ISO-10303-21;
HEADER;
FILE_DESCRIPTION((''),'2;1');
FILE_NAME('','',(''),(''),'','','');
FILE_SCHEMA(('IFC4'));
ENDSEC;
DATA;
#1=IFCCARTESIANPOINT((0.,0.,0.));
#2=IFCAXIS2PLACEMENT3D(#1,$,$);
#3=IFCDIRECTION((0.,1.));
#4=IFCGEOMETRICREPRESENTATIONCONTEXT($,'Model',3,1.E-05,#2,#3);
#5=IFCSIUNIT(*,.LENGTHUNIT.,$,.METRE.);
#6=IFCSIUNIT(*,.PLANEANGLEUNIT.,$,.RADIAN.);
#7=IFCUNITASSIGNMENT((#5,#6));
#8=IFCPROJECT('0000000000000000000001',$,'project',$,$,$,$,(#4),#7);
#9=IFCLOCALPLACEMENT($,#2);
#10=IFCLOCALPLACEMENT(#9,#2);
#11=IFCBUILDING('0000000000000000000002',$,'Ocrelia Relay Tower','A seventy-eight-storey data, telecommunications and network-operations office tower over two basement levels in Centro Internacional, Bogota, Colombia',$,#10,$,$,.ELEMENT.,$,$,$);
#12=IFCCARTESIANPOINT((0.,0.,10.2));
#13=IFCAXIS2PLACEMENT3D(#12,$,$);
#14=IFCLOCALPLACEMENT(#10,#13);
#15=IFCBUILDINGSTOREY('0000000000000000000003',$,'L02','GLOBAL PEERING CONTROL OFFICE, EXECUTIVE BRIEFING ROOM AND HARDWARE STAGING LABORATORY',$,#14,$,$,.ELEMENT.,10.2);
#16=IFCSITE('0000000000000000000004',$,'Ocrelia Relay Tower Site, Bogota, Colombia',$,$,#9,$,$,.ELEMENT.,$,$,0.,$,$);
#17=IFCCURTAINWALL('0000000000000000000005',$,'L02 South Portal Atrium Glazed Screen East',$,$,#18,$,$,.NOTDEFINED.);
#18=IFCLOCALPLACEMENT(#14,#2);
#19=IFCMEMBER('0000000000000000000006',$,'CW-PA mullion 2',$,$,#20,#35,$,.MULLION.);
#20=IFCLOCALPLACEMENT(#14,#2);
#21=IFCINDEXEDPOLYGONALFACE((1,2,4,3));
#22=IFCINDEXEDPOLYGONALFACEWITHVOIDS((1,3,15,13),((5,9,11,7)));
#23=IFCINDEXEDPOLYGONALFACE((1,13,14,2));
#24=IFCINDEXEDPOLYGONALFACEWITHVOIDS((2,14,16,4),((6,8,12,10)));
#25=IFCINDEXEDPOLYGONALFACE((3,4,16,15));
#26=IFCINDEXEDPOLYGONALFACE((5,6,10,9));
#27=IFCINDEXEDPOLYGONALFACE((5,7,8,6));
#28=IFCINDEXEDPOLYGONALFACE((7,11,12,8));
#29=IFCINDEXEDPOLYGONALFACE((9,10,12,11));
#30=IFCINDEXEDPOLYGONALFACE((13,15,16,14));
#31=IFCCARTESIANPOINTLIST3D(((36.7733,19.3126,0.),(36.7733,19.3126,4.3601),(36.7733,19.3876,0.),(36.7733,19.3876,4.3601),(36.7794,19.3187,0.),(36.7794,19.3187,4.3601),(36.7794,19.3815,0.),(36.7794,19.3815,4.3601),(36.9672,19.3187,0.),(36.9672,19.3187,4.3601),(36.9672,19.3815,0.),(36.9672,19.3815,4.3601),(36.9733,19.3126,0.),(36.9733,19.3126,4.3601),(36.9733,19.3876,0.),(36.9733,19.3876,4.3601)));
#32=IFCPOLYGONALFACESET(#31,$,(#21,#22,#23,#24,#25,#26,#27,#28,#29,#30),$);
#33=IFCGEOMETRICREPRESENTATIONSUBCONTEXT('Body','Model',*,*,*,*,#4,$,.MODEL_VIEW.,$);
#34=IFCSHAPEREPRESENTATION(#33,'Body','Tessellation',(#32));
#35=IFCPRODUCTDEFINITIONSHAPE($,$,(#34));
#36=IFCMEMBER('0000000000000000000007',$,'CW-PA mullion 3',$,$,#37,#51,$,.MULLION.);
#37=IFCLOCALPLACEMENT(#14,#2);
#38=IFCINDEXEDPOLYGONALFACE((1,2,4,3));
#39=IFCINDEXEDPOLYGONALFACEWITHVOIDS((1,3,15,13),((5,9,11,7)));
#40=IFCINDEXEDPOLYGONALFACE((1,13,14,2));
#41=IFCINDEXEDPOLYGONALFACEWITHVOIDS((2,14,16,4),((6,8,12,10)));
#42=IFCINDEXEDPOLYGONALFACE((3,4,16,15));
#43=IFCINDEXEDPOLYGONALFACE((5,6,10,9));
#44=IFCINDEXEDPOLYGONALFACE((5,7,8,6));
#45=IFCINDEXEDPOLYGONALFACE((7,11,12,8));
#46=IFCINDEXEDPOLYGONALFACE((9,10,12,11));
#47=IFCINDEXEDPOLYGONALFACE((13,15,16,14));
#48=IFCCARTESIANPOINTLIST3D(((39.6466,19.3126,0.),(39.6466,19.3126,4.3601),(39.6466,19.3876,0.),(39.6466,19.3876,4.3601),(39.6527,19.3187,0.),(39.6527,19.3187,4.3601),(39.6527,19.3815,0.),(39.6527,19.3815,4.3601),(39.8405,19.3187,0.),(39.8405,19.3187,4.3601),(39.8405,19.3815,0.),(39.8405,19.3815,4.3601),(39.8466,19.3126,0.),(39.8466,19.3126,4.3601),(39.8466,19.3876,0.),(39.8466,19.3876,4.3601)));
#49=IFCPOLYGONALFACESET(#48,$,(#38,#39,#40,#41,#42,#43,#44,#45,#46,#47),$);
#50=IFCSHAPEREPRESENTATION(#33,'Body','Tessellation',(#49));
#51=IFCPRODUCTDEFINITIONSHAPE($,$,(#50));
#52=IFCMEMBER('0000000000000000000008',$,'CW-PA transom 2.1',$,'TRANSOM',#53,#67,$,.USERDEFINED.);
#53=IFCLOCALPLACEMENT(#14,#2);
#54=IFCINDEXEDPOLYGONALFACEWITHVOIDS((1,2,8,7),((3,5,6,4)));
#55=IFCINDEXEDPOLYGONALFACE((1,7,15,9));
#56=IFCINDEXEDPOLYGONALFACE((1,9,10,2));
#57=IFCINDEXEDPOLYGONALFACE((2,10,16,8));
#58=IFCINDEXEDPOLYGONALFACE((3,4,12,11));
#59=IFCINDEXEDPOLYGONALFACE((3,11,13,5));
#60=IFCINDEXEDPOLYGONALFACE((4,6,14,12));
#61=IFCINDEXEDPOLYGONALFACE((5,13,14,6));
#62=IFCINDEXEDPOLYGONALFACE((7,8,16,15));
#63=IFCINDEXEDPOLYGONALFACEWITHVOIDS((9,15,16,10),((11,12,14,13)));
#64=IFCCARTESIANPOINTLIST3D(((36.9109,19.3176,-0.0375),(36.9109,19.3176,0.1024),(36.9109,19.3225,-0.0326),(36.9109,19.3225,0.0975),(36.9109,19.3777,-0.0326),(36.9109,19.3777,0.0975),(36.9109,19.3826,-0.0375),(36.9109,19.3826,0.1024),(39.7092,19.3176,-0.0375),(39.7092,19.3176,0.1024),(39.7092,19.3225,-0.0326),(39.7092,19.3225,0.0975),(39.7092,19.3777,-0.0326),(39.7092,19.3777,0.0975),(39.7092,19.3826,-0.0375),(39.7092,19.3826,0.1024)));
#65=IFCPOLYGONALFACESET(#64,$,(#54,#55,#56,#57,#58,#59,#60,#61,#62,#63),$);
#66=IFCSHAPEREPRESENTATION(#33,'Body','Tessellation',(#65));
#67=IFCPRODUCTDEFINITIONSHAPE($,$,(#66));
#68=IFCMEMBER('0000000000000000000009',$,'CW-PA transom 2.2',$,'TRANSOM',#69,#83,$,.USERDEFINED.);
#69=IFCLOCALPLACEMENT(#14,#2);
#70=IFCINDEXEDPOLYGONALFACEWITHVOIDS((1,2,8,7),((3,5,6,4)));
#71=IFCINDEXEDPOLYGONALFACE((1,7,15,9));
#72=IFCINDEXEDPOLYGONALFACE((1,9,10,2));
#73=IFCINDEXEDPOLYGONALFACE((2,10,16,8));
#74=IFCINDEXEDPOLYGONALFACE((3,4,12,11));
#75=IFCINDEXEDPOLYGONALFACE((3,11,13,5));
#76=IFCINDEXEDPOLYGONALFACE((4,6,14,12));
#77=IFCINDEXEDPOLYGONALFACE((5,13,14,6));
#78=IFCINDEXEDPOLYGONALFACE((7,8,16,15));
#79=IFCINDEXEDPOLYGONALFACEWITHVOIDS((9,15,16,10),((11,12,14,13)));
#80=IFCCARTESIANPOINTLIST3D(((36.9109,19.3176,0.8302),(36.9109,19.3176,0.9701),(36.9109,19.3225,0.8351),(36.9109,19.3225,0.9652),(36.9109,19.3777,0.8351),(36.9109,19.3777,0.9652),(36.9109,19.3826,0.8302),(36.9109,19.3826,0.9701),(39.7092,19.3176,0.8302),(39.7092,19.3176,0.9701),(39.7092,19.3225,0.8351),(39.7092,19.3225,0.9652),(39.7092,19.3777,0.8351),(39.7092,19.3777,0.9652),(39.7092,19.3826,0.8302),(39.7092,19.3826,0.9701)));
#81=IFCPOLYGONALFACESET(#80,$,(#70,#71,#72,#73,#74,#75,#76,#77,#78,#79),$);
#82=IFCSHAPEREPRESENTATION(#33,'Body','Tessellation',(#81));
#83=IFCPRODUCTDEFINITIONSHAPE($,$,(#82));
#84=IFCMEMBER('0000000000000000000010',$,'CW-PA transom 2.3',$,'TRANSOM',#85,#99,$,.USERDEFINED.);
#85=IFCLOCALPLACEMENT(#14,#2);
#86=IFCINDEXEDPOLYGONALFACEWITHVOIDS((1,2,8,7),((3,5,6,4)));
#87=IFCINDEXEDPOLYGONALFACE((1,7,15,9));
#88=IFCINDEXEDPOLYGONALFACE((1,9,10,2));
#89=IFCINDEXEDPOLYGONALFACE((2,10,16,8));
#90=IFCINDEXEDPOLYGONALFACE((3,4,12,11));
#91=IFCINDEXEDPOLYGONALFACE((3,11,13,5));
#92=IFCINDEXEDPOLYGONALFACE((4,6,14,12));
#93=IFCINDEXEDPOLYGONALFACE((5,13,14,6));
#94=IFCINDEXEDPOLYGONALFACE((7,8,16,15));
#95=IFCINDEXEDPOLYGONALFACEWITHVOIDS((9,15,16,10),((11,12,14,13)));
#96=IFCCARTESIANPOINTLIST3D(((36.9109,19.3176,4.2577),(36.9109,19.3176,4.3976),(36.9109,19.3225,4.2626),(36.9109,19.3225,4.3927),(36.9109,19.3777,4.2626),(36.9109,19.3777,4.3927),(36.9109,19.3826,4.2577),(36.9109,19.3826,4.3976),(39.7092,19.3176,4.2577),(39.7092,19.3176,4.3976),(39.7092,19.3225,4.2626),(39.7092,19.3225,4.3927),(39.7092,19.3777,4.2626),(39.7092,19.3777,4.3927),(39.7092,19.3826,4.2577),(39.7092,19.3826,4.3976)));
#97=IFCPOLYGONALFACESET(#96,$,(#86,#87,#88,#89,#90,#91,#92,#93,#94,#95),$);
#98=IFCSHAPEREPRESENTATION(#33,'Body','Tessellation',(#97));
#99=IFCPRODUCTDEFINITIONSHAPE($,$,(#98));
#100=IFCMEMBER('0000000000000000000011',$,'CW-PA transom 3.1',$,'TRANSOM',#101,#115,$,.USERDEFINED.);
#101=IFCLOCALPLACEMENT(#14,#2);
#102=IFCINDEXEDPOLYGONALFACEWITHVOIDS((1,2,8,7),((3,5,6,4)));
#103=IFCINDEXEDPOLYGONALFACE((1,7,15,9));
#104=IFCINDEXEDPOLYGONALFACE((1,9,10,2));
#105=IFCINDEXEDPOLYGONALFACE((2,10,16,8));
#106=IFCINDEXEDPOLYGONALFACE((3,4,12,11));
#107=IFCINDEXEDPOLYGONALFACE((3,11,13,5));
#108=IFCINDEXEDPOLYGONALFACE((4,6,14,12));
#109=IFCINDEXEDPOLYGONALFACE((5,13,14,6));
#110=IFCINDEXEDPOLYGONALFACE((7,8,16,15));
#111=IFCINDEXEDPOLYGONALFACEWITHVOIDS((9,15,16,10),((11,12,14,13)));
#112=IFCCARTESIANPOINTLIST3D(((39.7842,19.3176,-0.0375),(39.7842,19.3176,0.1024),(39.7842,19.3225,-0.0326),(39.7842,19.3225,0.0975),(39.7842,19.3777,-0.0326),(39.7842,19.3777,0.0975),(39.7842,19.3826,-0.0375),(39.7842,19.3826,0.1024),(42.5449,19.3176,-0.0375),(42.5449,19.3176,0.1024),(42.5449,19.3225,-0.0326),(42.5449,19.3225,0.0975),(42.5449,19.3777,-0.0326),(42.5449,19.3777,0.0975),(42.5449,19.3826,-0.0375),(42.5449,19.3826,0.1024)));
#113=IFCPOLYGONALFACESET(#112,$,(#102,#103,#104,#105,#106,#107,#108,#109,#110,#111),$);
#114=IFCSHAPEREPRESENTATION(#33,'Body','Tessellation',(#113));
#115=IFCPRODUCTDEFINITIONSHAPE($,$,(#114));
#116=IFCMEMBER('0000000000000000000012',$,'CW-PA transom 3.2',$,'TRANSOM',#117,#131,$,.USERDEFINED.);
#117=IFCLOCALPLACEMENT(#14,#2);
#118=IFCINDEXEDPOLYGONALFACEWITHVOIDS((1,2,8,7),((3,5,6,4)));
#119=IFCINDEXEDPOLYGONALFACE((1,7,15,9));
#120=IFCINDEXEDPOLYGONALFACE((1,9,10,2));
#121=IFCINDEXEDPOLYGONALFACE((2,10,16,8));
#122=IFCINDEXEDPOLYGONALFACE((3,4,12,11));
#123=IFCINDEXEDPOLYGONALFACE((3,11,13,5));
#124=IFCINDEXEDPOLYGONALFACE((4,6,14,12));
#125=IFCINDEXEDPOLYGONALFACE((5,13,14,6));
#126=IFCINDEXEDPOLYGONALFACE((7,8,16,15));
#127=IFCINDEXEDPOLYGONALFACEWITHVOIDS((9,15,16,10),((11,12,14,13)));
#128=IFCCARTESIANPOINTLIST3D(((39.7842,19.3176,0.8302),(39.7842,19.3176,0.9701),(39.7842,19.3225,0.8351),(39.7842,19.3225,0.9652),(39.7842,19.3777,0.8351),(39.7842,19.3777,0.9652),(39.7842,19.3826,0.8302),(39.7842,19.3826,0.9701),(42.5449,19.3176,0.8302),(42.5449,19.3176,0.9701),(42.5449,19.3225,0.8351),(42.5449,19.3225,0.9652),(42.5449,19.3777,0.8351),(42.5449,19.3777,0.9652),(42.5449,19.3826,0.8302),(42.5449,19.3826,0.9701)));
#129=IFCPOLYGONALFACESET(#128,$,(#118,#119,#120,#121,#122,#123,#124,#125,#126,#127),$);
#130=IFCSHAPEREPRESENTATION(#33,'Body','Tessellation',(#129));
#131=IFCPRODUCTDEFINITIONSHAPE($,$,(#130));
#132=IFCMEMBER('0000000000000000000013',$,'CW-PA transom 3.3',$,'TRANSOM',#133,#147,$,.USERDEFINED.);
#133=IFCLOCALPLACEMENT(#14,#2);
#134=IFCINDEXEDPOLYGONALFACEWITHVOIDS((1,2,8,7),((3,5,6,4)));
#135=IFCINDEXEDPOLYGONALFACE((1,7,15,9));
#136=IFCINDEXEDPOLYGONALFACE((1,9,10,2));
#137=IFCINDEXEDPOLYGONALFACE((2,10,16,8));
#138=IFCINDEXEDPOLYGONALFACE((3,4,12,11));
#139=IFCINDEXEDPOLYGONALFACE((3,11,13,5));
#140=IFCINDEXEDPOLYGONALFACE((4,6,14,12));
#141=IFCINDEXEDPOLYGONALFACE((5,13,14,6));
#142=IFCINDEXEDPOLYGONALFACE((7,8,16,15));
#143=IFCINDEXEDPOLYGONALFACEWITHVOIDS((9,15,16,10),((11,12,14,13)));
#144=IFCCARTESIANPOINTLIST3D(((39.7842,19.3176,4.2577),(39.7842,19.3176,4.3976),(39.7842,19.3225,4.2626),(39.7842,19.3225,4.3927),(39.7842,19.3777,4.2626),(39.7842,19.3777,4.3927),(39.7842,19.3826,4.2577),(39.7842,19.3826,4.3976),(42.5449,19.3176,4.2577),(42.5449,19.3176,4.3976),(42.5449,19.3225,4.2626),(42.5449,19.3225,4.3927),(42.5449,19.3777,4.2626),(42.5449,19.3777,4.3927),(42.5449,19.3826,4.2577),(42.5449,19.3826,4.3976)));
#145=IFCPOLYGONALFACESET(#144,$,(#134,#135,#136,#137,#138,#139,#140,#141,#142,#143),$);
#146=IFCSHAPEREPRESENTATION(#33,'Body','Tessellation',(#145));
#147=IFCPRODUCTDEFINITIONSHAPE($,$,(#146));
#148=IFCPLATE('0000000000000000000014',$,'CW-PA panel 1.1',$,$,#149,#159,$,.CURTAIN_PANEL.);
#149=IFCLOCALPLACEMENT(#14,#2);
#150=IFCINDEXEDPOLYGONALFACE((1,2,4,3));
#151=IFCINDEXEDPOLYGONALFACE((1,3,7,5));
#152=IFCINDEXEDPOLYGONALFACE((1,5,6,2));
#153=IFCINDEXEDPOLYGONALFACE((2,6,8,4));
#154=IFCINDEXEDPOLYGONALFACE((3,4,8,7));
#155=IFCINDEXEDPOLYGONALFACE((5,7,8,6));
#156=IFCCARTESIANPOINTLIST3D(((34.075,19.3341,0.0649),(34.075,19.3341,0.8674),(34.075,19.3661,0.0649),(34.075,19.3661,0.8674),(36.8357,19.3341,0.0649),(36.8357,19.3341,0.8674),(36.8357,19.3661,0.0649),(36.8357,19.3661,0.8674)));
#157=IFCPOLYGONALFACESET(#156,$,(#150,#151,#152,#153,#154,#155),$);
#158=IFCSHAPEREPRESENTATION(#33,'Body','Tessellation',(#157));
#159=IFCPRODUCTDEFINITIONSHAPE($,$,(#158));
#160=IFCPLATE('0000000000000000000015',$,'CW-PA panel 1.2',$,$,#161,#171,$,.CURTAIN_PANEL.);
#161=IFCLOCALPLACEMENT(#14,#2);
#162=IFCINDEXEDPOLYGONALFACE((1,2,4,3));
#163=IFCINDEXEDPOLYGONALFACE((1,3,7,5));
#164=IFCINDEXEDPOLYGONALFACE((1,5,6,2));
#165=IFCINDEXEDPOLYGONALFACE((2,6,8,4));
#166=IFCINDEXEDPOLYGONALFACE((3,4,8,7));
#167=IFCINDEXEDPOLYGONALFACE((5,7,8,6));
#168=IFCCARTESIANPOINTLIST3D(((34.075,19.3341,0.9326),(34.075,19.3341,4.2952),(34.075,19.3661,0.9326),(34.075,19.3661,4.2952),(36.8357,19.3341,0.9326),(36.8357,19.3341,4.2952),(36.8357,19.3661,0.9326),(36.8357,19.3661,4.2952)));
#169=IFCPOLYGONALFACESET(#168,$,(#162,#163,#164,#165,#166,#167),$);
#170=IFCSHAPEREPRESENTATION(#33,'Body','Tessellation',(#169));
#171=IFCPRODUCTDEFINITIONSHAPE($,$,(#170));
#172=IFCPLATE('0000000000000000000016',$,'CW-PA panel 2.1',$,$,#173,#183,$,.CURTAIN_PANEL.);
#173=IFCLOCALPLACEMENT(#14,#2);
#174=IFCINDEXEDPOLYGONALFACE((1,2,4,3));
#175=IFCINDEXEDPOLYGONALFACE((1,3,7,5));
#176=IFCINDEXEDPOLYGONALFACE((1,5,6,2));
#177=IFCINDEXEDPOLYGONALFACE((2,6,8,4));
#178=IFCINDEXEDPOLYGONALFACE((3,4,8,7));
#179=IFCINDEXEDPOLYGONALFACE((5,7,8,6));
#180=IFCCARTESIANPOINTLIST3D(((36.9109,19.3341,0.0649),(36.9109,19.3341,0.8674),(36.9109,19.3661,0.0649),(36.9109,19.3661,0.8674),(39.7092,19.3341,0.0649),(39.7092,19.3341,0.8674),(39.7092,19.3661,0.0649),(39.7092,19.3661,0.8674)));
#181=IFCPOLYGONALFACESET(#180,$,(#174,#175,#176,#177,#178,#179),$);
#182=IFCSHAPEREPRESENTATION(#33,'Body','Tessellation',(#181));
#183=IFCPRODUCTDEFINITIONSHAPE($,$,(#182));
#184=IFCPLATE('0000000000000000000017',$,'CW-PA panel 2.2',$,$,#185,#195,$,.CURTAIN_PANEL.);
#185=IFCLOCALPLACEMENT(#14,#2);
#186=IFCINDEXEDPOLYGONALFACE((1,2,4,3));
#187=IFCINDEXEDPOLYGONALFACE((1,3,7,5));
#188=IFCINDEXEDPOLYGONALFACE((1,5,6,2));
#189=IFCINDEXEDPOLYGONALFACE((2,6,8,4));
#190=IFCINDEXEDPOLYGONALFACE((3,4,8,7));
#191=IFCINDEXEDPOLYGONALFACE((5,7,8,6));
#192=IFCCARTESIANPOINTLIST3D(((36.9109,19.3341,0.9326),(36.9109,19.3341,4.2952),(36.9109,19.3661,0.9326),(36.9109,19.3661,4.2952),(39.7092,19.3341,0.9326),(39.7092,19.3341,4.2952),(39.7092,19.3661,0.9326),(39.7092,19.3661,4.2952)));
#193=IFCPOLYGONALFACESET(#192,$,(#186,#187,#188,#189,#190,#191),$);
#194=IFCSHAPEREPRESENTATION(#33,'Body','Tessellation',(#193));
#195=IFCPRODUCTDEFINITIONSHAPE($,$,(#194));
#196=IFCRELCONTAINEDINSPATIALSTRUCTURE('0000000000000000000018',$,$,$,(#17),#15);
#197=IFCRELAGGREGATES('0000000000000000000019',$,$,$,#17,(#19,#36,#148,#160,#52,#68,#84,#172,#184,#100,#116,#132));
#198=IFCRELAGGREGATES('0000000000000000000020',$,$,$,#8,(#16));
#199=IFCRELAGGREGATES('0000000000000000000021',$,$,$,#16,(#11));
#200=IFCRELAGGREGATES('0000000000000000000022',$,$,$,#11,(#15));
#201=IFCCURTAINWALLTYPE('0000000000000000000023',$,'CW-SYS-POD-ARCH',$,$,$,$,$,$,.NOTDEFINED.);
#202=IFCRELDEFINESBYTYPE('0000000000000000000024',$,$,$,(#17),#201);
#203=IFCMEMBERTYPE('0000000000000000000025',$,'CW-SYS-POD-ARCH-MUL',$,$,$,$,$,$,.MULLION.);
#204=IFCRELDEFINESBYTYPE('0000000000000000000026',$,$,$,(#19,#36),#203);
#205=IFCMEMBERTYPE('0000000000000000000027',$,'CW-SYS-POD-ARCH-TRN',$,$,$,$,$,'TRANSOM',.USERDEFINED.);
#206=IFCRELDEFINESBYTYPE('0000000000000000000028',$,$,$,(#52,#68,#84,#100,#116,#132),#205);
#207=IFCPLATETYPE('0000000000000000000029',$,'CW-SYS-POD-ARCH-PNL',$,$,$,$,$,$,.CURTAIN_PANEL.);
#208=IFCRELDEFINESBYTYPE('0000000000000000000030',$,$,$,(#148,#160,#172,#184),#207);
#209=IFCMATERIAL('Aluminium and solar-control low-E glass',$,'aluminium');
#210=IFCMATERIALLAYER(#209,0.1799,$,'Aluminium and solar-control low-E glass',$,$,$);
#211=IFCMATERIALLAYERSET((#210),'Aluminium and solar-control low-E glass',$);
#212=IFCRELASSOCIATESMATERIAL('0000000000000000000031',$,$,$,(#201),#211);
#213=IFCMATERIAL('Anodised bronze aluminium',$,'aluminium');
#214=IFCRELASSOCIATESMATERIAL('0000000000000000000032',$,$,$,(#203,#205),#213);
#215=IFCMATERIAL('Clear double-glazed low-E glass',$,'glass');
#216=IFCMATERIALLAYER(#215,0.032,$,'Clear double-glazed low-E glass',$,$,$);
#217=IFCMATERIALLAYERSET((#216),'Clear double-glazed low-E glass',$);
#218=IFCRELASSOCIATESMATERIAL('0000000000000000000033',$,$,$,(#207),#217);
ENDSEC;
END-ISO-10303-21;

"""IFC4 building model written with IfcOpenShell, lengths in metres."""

from ifc_helpers import new_model, si_unit, direction, frame, origin, origin_2d, place, context, subcontext, project, spatial, rectangle, hollow_rectangle, extrude, material, layer, layer_set, material_profile, profile_set, type_object, element, aggregate, save


model = new_model("IFC4")

# Units and contexts
model_context = context("Model", 3, precision=1e-05, world=origin(), true_north=direction((0.0, 1.0)))
body_context = subcontext(model_context, "Body", "Model", "MODEL_VIEW")
ifc_project = project(units=[si_unit("LENGTHUNIT", "METRE"), si_unit("PLANEANGLEUNIT", "RADIAN")], contexts=[model_context])

# Site, building, storey
site_placement = place(None, origin())
site = spatial("IfcSite", under=ifc_project, at=site_placement, Name="Ocrelia Relay Tower Site, Bogota, Colombia", CompositionType="ELEMENT", RefElevation=0.0)
building_placement = place(site_placement, origin())
building = spatial("IfcBuilding", under=site, at=building_placement, Name="Ocrelia Relay Tower", Description="A seventy-eight-storey data, telecommunications and network-operations office tower over two basement levels in Centro Internacional, Bogota, Colombia", CompositionType="ELEMENT")
storey_placement = place(building_placement, frame((0.0, 0.0, 10.2)))
storey = spatial("IfcBuildingStorey", under=building, at=storey_placement, Name="L02", Description="GLOBAL PEERING CONTROL OFFICE, EXECUTIVE BRIEFING ROOM AND HARDWARE STAGING LABORATORY", CompositionType="ELEMENT", Elevation=10.2)

# Curtain wall, members, plates
ifc_material_1 = material(Name="Aluminium and solar-control low-E glass", Category="aluminium")
ifc_layer_1 = layer(ifc_material_1, 0.1799, Name="Aluminium and solar-control low-E glass")
ifc_layer_set_1 = layer_set([ifc_layer_1], Name="Aluminium and solar-control low-E glass")
curtain_wall_type = type_object("IfcCurtainWallType", Name="CW-SYS-POD-ARCH", PredefinedType="NOTDEFINED", material=ifc_layer_set_1)
curtain_wall_placement = place(storey_placement, origin())
curtain_wall = element("IfcCurtainWall", 1, at=curtain_wall_placement, inside=storey, type_object=curtain_wall_type, Name="L02 South Portal Atrium Glazed Screen East", PredefinedType="NOTDEFINED")
ifc_material_2 = material(Name="Anodised bronze aluminium", Category="aluminium")
ifc_material_profile_1 = material_profile(ifc_material_2, hollow_rectangle(XDim=0.075, YDim=0.2, WallThickness=0.0061, at=origin_2d()), Name="CW-MUL-200x75")
ifc_profile_set_1 = profile_set([ifc_material_profile_1], Name="Anodised bronze aluminium")
member_type_1 = type_object("IfcMemberType", Name="CW-SYS-POD-ARCH-MUL", PredefinedType="MULLION", material=ifc_profile_set_1)
member_1_placement = place(storey_placement, frame((36.8733, 19.3501, 0.0), z_axis=(0.0, 0.0, 1.0), x_axis=(0.0, 1.0, 0.0)))
member_1 = element("IfcMember", 2, at=member_1_placement, type_object=member_type_1, Name="CW-PA mullion 2", PredefinedType="MULLION", context=body_context, shape_type="SweptSolid", body=[
    extrude(hollow_rectangle(XDim=0.075, YDim=0.2, WallThickness=0.0061, at=origin_2d()), origin(), (0.0, 0.0, 1.0), 4.3601),
])
member_2_placement = place(storey_placement, frame((39.7466, 19.3501, 0.0), z_axis=(0.0, 0.0, 1.0), x_axis=(0.0, 1.0, 0.0)))
member_2 = element("IfcMember", 3, at=member_2_placement, type_object=member_type_1, Name="CW-PA mullion 3", PredefinedType="MULLION", context=body_context, shape_type="SweptSolid", body=[
    extrude(hollow_rectangle(XDim=0.075, YDim=0.2, WallThickness=0.0061, at=origin_2d()), origin(), (0.0, 0.0, 1.0), 4.3601),
])
ifc_material_profile_2 = material_profile(ifc_material_2, hollow_rectangle(XDim=0.0649, YDim=0.1399, WallThickness=0.0049, at=origin_2d()), Name="CW-TRN-140x65")
ifc_profile_set_2 = profile_set([ifc_material_profile_2], Name="Anodised bronze aluminium")
member_type_2 = type_object("IfcMemberType", Name="CW-SYS-POD-ARCH-TRN", ElementType="TRANSOM", PredefinedType="USERDEFINED", material=ifc_profile_set_2)
member_3_placement = place(storey_placement, frame((36.9109, 19.3501, 0.0325), z_axis=(1.0, 0.0, 0.0), x_axis=(0.0, 1.0, 0.0)))
member_3 = element("IfcMember", 4, at=member_3_placement, type_object=member_type_2, Name="CW-PA transom 2.1", ObjectType="TRANSOM", PredefinedType="USERDEFINED", context=body_context, shape_type="SweptSolid", body=[
    extrude(hollow_rectangle(XDim=0.0649, YDim=0.1399, WallThickness=0.0049, at=origin_2d()), origin(), (0.0, 0.0, 1.0), 2.7983),
])
member_4_placement = place(storey_placement, frame((36.9109, 19.3501, 0.9001), z_axis=(1.0, 0.0, 0.0), x_axis=(0.0, 1.0, 0.0)))
member_4 = element("IfcMember", 5, at=member_4_placement, type_object=member_type_2, Name="CW-PA transom 2.2", ObjectType="TRANSOM", PredefinedType="USERDEFINED", context=body_context, shape_type="SweptSolid", body=[
    extrude(hollow_rectangle(XDim=0.0649, YDim=0.1399, WallThickness=0.0049, at=origin_2d()), origin(), (0.0, 0.0, 1.0), 2.7983),
])
member_5_placement = place(storey_placement, frame((36.9109, 19.3501, 4.3276), z_axis=(1.0, 0.0, 0.0), x_axis=(0.0, 1.0, 0.0)))
member_5 = element("IfcMember", 6, at=member_5_placement, type_object=member_type_2, Name="CW-PA transom 2.3", ObjectType="TRANSOM", PredefinedType="USERDEFINED", context=body_context, shape_type="SweptSolid", body=[
    extrude(hollow_rectangle(XDim=0.0649, YDim=0.1399, WallThickness=0.0049, at=origin_2d()), origin(), (0.0, 0.0, 1.0), 2.7983),
])
member_6_placement = place(storey_placement, frame((39.7842, 19.3501, 0.0325), z_axis=(1.0, 0.0, 0.0), x_axis=(0.0, 1.0, 0.0)))
member_6 = element("IfcMember", 7, at=member_6_placement, type_object=member_type_2, Name="CW-PA transom 3.1", ObjectType="TRANSOM", PredefinedType="USERDEFINED", context=body_context, shape_type="SweptSolid", body=[
    extrude(hollow_rectangle(XDim=0.0649, YDim=0.1399, WallThickness=0.0049, at=origin_2d()), origin(), (0.0, 0.0, 1.0), 2.7607),
])
member_7_placement = place(storey_placement, frame((39.7842, 19.3501, 0.9001), z_axis=(1.0, 0.0, 0.0), x_axis=(0.0, 1.0, 0.0)))
member_7 = element("IfcMember", 8, at=member_7_placement, type_object=member_type_2, Name="CW-PA transom 3.2", ObjectType="TRANSOM", PredefinedType="USERDEFINED", context=body_context, shape_type="SweptSolid", body=[
    extrude(hollow_rectangle(XDim=0.0649, YDim=0.1399, WallThickness=0.0049, at=origin_2d()), origin(), (0.0, 0.0, 1.0), 2.7607),
])
member_8_placement = place(storey_placement, frame((39.7842, 19.3501, 4.3276), z_axis=(1.0, 0.0, 0.0), x_axis=(0.0, 1.0, 0.0)))
member_8 = element("IfcMember", 9, at=member_8_placement, type_object=member_type_2, Name="CW-PA transom 3.3", ObjectType="TRANSOM", PredefinedType="USERDEFINED", context=body_context, shape_type="SweptSolid", body=[
    extrude(hollow_rectangle(XDim=0.0649, YDim=0.1399, WallThickness=0.0049, at=origin_2d()), origin(), (0.0, 0.0, 1.0), 2.7607),
])
ifc_material_3 = material(Name="Clear double-glazed low-E glass", Category="glass")
ifc_layer_2 = layer(ifc_material_3, 0.032, Name="Clear double-glazed low-E glass")
ifc_layer_set_2 = layer_set([ifc_layer_2], Name="Clear double-glazed low-E glass")
plate_type = type_object("IfcPlateType", Name="CW-SYS-POD-ARCH-PNL", PredefinedType="CURTAIN_PANEL", material=ifc_layer_set_2)
plate_1_placement = place(storey_placement, frame((35.4553, 19.3501, 0.0649), z_axis=(0.0, 0.0, 1.0), x_axis=(1.0, 0.0, 0.0)))
plate_1 = element("IfcPlate", 10, at=plate_1_placement, type_object=plate_type, Name="CW-PA panel 1.1", PredefinedType="CURTAIN_PANEL", context=body_context, shape_type="SweptSolid", body=[
    extrude(rectangle(XDim=2.7607, YDim=0.032, at=origin_2d()), origin(), (0.0, 0.0, 1.0), 0.8025),
])
plate_2_placement = place(storey_placement, frame((35.4553, 19.3501, 0.9326), z_axis=(0.0, 0.0, 1.0), x_axis=(1.0, 0.0, 0.0)))
plate_2 = element("IfcPlate", 11, at=plate_2_placement, type_object=plate_type, Name="CW-PA panel 1.2", PredefinedType="CURTAIN_PANEL", context=body_context, shape_type="SweptSolid", body=[
    extrude(rectangle(XDim=2.7607, YDim=0.032, at=origin_2d()), origin(), (0.0, 0.0, 1.0), 3.3625),
])
plate_3_placement = place(storey_placement, frame((38.3101, 19.3501, 0.0649), z_axis=(0.0, 0.0, 1.0), x_axis=(1.0, 0.0, 0.0)))
plate_3 = element("IfcPlate", 12, at=plate_3_placement, type_object=plate_type, Name="CW-PA panel 2.1", PredefinedType="CURTAIN_PANEL", context=body_context, shape_type="SweptSolid", body=[
    extrude(rectangle(XDim=2.7983, YDim=0.032, at=origin_2d()), origin(), (0.0, 0.0, 1.0), 0.8025),
])
plate_4_placement = place(storey_placement, frame((38.3101, 19.3501, 0.9326), z_axis=(0.0, 0.0, 1.0), x_axis=(1.0, 0.0, 0.0)))
plate_4 = element("IfcPlate", 13, at=plate_4_placement, type_object=plate_type, Name="CW-PA panel 2.2", PredefinedType="CURTAIN_PANEL", context=body_context, shape_type="SweptSolid", body=[
    extrude(rectangle(XDim=2.7983, YDim=0.032, at=origin_2d()), origin(), (0.0, 0.0, 1.0), 3.3625),
])
aggregate(curtain_wall, [member_1, member_2, plate_1, plate_2, member_3, member_4, member_5, plate_3, plate_4, member_6, member_7, member_8])

save(model, "model.ifc")
